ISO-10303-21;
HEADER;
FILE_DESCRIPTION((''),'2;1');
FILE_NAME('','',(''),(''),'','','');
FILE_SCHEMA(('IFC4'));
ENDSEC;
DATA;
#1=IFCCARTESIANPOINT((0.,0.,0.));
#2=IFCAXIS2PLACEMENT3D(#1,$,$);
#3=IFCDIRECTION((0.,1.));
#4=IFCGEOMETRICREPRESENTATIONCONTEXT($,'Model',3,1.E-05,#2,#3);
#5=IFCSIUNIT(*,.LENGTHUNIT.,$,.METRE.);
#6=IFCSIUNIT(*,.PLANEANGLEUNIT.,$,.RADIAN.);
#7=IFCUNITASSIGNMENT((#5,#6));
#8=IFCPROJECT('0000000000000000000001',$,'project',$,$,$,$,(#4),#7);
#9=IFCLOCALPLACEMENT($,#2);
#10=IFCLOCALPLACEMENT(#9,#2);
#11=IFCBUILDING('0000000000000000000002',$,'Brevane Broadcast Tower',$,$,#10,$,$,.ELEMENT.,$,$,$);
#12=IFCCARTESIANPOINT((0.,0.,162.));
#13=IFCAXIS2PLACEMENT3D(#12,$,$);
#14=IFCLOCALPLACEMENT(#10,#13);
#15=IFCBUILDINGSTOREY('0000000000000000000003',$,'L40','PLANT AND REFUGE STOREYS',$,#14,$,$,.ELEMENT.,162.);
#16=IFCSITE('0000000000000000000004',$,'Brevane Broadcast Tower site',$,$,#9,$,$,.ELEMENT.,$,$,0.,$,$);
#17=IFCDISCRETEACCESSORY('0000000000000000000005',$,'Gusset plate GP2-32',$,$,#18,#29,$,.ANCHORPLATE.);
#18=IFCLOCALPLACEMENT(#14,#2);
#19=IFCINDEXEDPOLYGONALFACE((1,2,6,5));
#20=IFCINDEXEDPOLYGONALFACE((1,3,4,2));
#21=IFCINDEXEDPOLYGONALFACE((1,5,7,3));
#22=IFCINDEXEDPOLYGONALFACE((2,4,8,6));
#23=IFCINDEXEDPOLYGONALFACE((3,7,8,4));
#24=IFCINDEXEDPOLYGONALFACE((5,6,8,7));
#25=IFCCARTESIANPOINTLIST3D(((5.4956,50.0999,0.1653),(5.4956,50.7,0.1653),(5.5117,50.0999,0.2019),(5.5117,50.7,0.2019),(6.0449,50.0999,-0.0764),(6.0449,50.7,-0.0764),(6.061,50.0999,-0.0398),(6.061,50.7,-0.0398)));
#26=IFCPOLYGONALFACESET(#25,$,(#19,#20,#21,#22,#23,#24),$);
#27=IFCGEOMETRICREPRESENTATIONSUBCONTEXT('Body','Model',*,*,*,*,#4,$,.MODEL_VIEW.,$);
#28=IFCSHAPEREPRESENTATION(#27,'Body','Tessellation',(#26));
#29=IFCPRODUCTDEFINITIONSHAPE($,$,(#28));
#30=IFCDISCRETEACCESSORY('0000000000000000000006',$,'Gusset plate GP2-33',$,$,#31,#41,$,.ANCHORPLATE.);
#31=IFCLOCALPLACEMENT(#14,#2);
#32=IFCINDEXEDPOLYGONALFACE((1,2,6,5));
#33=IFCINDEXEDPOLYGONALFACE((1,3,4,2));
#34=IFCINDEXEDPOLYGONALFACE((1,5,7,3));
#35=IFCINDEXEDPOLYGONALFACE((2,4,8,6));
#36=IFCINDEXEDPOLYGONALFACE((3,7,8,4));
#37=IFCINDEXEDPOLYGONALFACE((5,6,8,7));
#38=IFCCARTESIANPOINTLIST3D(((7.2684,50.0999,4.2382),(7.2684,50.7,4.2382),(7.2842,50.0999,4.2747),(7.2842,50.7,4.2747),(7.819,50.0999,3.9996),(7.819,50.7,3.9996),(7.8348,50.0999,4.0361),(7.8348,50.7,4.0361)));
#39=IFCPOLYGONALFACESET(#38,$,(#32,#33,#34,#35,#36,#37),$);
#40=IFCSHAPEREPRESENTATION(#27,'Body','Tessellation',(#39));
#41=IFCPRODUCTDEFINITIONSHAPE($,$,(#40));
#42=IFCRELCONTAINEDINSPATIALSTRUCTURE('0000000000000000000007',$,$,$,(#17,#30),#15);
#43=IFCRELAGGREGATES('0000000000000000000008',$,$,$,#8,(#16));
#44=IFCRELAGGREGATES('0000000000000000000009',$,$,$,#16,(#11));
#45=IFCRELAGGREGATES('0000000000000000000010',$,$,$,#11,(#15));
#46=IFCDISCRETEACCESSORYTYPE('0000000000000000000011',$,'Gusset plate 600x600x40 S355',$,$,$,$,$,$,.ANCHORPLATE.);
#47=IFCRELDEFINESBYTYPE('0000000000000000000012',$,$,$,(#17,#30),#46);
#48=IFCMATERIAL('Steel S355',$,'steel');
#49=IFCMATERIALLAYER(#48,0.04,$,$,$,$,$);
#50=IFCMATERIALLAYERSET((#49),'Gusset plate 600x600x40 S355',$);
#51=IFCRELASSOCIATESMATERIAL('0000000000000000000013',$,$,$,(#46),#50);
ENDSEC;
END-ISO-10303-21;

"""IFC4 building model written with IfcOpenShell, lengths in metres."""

from ifc_helpers import new_model, si_unit, direction, frame, origin, origin_2d, place, context, subcontext, project, spatial, rectangle, extrude, material, layer, layer_set, type_object, element, save


model = new_model("IFC4")

# Units and contexts
model_context = context("Model", 3, precision=1e-05, world=origin(), true_north=direction((0.0, 1.0)))
body_context = subcontext(model_context, "Body", "Model", "MODEL_VIEW")
ifc_project = project(units=[si_unit("LENGTHUNIT", "METRE"), si_unit("PLANEANGLEUNIT", "RADIAN")], contexts=[model_context])

# Site, building, storey
site_placement = place(None, origin())
site = spatial("IfcSite", under=ifc_project, at=site_placement, Name="Brevane Broadcast Tower site", CompositionType="ELEMENT", RefElevation=0.0)
building_placement = place(site_placement, origin())
building = spatial("IfcBuilding", under=site, at=building_placement, Name="Brevane Broadcast Tower", CompositionType="ELEMENT")
storey_placement = place(building_placement, frame((0.0, 0.0, 162.0)))
storey = spatial("IfcBuildingStorey", under=building, at=storey_placement, Name="L40", Description="PLANT AND REFUGE STOREYS", CompositionType="ELEMENT", Elevation=162.0)

# Shared definitions
ifc_material_1 = material(Name="Steel S355", Category="steel")

# Discrete accessories
ifc_layer_1 = layer(ifc_material_1, 0.04)
ifc_layer_set_1 = layer_set([ifc_layer_1], Name="Gusset plate 600x600x40 S355")
discrete_accessory_type = type_object("IfcDiscreteAccessoryType", Name="Gusset plate 600x600x40 S355", PredefinedType="ANCHORPLATE", material=ifc_layer_set_1)
discrete_accessory_1_placement = place(storey_placement, frame((5.7703, 50.3999, 0.0444), z_axis=(0.402739, 0.0, 0.915315), x_axis=(0.0, 1.0, 0.0)))
element("IfcDiscreteAccessory", 1, at=discrete_accessory_1_placement, inside=storey, type_object=discrete_accessory_type, Name="Gusset plate GP2-32", PredefinedType="ANCHORPLATE", context=body_context, shape_type="SweptSolid", body=[
    extrude(rectangle(XDim=0.6001, YDim=0.6001, at=origin_2d()), origin(), (0.0, 0.0, 1.0), 0.04),
])
discrete_accessory_2_placement = place(storey_placement, frame((7.5437, 50.3999, 4.1189), z_axis=(0.397607, 0.0, 0.917556), x_axis=(0.0, 1.0, 0.0)))
element("IfcDiscreteAccessory", 2, at=discrete_accessory_2_placement, inside=storey, type_object=discrete_accessory_type, Name="Gusset plate GP2-33", PredefinedType="ANCHORPLATE", context=body_context, shape_type="SweptSolid", body=[
    extrude(rectangle(XDim=0.6001, YDim=0.6001, at=origin_2d()), origin(), (0.0, 0.0, 1.0), 0.0398),
])

save(model, "model.ifc")
